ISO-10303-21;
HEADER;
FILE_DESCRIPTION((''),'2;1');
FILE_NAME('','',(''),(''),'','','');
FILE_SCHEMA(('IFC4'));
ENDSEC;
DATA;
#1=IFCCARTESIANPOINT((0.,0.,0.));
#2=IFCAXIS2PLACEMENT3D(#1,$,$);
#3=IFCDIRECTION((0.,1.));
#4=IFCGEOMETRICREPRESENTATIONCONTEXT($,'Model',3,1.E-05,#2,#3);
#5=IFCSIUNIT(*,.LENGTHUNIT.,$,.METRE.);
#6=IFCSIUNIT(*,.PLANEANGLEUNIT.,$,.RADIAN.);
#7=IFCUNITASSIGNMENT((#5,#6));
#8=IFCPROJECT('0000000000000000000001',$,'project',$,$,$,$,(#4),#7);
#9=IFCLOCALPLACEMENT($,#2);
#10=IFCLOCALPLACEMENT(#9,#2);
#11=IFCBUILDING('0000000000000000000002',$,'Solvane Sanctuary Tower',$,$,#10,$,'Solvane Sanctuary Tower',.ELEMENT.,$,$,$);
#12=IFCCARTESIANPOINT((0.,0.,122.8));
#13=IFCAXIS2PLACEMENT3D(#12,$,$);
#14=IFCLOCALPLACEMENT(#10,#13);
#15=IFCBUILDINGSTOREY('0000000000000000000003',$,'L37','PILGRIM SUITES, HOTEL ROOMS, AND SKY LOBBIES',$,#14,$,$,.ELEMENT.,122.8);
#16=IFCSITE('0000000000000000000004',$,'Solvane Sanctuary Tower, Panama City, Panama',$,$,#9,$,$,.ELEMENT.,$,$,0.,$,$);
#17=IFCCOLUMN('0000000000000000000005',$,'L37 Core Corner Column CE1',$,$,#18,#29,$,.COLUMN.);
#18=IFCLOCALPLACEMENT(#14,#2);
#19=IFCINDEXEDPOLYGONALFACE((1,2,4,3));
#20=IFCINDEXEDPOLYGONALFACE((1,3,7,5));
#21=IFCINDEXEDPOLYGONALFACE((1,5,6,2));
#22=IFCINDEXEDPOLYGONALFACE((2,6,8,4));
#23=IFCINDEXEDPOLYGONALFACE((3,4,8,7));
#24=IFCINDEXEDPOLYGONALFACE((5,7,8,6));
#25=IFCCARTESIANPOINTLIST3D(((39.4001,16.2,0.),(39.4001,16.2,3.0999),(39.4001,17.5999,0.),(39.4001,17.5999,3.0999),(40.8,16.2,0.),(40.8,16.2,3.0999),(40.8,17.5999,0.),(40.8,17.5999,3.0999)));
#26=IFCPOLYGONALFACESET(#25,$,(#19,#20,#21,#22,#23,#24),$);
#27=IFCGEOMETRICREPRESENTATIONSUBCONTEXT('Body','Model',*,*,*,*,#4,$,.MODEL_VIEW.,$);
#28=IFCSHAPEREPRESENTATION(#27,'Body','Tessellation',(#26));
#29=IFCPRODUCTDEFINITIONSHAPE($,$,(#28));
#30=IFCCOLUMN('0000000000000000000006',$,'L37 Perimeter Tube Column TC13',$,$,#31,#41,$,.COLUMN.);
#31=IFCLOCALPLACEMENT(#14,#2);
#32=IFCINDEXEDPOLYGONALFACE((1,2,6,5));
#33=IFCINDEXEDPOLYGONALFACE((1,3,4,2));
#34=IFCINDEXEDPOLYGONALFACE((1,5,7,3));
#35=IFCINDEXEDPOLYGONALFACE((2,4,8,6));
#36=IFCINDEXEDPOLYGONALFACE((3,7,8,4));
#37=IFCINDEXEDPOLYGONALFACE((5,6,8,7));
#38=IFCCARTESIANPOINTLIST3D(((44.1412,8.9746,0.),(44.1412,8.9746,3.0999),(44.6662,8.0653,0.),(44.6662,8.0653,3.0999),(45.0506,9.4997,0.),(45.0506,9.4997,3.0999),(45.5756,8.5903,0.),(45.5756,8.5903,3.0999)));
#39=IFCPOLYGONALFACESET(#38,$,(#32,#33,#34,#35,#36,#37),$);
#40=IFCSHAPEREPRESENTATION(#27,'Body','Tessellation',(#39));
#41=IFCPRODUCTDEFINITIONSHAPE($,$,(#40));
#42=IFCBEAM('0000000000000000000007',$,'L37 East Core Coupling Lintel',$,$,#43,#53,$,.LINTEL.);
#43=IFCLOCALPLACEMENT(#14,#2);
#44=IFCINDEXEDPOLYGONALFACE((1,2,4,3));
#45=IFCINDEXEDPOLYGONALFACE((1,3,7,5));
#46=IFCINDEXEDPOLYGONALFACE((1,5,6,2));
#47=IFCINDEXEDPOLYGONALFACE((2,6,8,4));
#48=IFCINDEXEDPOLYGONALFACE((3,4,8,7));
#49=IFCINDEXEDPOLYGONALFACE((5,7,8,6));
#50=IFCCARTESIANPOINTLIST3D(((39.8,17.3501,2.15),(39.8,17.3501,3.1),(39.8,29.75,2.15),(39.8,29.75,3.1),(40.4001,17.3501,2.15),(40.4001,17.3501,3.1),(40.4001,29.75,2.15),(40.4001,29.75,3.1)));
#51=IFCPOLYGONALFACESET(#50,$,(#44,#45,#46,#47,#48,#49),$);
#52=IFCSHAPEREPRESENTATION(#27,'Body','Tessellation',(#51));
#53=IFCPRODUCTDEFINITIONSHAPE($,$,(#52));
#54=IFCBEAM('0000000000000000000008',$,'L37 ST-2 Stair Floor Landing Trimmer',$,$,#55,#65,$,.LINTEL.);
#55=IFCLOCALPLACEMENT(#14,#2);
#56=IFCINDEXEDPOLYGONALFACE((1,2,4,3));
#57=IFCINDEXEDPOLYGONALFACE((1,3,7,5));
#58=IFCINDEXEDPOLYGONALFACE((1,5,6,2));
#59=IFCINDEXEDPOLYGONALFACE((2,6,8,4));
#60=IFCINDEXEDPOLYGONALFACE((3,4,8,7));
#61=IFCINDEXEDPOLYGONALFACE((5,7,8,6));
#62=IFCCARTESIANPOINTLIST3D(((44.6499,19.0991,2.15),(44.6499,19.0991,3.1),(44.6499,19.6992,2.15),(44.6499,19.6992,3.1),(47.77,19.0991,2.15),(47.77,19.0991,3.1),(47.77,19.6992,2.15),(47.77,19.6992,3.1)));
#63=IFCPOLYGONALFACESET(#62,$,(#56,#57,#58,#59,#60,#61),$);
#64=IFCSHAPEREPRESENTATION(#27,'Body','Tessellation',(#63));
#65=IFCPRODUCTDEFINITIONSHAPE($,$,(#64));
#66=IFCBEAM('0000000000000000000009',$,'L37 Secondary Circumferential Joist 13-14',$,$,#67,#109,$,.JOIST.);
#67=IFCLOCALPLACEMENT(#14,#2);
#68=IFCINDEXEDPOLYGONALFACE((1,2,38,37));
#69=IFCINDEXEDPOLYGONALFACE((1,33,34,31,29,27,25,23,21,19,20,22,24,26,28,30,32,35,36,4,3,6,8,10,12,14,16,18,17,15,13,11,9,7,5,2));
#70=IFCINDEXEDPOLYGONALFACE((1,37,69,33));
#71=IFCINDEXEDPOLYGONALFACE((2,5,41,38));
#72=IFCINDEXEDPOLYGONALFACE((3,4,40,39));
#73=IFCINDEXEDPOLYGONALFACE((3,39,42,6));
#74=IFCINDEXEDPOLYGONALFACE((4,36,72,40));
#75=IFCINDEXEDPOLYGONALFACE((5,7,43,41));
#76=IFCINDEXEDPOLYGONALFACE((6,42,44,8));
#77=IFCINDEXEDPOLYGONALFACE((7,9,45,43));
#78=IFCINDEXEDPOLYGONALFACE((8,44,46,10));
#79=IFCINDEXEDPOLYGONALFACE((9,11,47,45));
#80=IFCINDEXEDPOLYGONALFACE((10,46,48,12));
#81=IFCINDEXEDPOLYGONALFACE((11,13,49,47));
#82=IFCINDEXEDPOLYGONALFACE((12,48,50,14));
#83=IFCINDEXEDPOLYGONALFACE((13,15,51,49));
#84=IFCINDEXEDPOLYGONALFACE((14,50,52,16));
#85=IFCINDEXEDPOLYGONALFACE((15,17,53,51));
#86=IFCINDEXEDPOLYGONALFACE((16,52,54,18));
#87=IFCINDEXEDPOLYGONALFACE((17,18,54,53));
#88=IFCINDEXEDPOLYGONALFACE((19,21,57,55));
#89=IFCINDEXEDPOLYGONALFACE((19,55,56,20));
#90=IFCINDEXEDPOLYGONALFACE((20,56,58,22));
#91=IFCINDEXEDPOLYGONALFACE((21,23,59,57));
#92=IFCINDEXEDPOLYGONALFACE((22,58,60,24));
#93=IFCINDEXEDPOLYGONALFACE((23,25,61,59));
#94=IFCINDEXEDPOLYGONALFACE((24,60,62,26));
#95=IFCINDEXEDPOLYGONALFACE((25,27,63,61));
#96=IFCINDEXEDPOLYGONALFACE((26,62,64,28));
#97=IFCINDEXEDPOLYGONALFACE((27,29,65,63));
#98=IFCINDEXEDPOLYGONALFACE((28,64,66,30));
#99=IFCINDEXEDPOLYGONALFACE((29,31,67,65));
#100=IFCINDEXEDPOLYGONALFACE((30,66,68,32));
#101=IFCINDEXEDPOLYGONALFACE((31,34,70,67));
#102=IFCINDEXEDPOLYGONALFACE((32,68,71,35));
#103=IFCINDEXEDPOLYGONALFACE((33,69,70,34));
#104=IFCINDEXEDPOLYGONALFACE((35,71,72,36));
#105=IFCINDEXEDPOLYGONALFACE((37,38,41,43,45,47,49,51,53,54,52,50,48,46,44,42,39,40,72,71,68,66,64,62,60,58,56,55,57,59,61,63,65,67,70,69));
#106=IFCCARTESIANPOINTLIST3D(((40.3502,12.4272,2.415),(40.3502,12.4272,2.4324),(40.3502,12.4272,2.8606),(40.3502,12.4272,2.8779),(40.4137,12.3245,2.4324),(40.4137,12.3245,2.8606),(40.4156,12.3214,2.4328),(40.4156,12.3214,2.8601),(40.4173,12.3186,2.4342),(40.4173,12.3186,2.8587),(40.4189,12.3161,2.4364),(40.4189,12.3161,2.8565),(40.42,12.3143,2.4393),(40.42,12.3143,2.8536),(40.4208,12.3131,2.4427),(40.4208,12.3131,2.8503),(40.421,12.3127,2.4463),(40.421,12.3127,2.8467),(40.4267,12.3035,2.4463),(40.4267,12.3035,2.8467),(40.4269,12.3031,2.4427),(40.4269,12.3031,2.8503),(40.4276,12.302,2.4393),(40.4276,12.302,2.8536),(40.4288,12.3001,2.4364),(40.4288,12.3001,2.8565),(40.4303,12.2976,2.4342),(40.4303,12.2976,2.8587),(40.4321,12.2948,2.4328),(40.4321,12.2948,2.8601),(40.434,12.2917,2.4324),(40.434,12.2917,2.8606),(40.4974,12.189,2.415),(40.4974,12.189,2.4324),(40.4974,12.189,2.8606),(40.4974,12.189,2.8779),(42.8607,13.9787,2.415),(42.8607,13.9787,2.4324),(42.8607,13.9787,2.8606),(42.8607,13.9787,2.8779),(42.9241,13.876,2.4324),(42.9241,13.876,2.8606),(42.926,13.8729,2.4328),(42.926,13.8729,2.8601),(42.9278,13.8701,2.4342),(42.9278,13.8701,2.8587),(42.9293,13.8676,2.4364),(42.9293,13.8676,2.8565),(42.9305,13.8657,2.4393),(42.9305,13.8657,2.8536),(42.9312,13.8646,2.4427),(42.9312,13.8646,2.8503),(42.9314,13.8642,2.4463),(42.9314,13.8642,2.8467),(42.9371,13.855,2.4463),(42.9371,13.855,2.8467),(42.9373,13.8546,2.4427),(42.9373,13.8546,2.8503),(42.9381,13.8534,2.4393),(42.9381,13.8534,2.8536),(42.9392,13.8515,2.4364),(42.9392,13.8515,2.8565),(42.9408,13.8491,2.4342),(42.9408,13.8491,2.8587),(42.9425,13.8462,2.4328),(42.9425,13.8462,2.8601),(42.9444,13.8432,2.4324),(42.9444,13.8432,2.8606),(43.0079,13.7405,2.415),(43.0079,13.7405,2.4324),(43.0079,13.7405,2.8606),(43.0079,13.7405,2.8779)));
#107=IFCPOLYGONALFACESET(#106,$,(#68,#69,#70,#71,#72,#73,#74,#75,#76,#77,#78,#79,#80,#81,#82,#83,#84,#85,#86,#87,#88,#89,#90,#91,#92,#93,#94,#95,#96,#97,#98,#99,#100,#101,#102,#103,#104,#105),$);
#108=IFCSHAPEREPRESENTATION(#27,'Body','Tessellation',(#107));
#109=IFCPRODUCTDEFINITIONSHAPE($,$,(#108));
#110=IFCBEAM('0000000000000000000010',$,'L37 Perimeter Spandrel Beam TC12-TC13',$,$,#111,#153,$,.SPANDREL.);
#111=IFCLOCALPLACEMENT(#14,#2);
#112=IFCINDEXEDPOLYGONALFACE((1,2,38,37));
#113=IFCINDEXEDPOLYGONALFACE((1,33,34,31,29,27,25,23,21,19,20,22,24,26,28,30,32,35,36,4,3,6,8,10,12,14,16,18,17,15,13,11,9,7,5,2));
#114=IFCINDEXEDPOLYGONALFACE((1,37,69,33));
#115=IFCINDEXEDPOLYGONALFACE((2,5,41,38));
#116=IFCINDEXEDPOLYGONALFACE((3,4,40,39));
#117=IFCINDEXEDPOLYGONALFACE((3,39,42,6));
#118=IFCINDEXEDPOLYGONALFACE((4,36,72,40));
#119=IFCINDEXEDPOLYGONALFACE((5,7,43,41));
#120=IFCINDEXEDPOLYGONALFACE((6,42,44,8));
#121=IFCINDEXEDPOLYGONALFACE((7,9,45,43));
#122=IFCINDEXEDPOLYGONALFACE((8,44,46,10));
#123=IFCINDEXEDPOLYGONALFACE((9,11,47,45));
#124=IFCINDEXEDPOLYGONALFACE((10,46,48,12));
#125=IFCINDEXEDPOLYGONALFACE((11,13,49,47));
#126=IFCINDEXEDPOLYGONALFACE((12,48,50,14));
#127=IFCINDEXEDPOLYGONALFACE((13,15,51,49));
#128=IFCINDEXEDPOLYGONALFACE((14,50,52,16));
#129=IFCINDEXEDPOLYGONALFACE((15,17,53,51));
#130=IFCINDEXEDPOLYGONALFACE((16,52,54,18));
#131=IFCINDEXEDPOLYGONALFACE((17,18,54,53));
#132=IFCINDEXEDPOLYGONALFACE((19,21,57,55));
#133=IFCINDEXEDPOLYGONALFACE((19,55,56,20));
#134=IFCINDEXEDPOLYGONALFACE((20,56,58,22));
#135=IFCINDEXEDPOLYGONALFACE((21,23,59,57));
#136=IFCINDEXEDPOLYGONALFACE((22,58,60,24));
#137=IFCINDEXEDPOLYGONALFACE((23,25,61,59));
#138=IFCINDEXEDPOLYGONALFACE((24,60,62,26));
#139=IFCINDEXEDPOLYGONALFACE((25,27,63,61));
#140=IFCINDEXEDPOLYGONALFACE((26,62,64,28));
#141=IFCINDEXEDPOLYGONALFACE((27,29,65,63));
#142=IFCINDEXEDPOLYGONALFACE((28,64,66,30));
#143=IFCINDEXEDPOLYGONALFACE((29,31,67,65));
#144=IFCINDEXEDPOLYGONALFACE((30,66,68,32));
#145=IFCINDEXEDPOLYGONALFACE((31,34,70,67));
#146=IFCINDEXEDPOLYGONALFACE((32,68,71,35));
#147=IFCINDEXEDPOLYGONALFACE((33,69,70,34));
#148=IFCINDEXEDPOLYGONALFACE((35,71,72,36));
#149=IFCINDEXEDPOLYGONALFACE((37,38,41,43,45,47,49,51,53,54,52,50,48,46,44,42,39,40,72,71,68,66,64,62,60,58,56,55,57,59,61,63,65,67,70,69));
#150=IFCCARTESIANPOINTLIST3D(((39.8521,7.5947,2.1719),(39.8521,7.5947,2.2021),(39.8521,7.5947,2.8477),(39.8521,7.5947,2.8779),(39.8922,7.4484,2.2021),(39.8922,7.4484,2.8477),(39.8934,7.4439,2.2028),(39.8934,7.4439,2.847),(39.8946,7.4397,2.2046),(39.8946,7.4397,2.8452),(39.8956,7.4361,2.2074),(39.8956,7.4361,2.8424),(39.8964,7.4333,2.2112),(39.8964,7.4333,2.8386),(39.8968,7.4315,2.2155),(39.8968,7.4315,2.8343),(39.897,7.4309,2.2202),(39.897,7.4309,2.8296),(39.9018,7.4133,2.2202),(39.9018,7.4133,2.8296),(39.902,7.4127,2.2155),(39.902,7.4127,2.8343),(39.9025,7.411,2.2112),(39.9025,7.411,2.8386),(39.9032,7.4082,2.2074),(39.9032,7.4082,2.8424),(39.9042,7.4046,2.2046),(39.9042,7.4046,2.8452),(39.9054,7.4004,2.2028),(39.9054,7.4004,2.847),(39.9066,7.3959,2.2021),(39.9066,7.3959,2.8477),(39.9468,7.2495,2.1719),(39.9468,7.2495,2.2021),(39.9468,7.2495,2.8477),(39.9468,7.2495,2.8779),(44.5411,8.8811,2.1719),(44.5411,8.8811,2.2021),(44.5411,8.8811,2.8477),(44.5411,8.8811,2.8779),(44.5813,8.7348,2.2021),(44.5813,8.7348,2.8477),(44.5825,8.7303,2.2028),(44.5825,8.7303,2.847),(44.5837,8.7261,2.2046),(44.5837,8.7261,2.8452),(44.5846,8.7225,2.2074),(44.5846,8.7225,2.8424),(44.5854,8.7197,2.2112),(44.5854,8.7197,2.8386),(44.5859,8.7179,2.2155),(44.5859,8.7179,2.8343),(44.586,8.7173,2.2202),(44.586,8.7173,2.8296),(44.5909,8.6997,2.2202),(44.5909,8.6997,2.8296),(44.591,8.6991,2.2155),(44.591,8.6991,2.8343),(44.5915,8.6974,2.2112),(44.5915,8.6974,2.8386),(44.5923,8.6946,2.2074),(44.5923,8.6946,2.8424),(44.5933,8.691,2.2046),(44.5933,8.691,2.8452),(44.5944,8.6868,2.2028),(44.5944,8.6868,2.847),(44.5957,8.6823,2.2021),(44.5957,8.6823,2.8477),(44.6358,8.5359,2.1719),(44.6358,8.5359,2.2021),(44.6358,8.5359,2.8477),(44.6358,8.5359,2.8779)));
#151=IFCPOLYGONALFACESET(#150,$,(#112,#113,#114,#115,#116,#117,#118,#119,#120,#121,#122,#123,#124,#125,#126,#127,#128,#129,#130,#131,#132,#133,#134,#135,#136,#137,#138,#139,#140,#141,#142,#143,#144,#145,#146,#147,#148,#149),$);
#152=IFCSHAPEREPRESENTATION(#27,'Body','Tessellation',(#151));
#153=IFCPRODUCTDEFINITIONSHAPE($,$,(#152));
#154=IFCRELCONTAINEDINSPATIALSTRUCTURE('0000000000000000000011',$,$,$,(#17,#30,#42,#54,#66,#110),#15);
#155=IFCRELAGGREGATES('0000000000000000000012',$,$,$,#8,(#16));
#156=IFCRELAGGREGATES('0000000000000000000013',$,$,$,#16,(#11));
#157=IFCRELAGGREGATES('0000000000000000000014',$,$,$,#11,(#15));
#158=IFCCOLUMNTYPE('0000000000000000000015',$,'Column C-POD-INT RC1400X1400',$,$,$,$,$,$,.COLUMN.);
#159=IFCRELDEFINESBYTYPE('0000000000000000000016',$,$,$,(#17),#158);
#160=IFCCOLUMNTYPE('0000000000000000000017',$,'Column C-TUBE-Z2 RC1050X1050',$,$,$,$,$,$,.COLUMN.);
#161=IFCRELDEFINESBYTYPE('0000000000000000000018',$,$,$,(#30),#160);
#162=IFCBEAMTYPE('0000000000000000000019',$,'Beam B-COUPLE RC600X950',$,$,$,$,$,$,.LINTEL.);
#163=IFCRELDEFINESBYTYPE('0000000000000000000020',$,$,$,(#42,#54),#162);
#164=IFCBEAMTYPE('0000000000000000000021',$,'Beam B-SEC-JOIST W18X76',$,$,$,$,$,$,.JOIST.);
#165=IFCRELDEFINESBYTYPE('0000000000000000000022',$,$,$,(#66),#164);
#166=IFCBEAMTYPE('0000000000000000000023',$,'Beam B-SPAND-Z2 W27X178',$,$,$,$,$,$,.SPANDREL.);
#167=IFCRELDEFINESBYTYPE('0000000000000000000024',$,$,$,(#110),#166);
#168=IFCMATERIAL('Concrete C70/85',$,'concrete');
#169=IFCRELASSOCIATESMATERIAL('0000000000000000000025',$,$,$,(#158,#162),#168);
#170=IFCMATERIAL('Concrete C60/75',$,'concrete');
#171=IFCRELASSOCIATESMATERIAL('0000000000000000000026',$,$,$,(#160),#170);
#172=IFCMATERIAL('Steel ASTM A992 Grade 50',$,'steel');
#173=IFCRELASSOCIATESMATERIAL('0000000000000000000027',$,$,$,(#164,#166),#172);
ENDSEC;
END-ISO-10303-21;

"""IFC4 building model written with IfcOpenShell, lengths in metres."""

from ifc_helpers import new_model, si_unit, direction, frame, origin, origin_2d, place, context, subcontext, project, spatial, rectangle, i_section, extrude, material, material_profile, profile_set, type_object, element, save


model = new_model("IFC4")

# Units and contexts
model_context = context("Model", 3, precision=1e-05, world=origin(), true_north=direction((0.0, 1.0)))
body_context = subcontext(model_context, "Body", "Model", "MODEL_VIEW")
ifc_project = project(units=[si_unit("LENGTHUNIT", "METRE"), si_unit("PLANEANGLEUNIT", "RADIAN")], contexts=[model_context])

# Site, building, storey
site_placement = place(None, origin())
site = spatial("IfcSite", under=ifc_project, at=site_placement, Name="Solvane Sanctuary Tower, Panama City, Panama", CompositionType="ELEMENT", RefElevation=0.0)
building_placement = place(site_placement, origin())
building = spatial("IfcBuilding", under=site, at=building_placement, Name="Solvane Sanctuary Tower", LongName="Solvane Sanctuary Tower", CompositionType="ELEMENT")
storey_placement = place(building_placement, frame((0.0, 0.0, 122.8)))
storey = spatial("IfcBuildingStorey", under=building, at=storey_placement, Name="L37", Description="PILGRIM SUITES, HOTEL ROOMS, AND SKY LOBBIES", CompositionType="ELEMENT", Elevation=122.8)

# Columns
ifc_material_1 = material(Name="Concrete C70/85", Category="concrete")
ifc_material_profile_1 = material_profile(ifc_material_1, rectangle(XDim=1.3999, YDim=1.3999, at=origin_2d()), Name="RC1400X1400")
ifc_profile_set_1 = profile_set([ifc_material_profile_1], Name="Concrete C70/85")
column_type_1 = type_object("IfcColumnType", Name="Column C-POD-INT RC1400X1400", PredefinedType="COLUMN", material=ifc_profile_set_1)
column_1_placement = place(storey_placement, frame((40.1001, 16.8999, 0.0), z_axis=(0.0, 0.0, 1.0), x_axis=(1.0, 0.0, 0.0)))
element("IfcColumn", 1, at=column_1_placement, inside=storey, type_object=column_type_1, Name="L37 Core Corner Column CE1", PredefinedType="COLUMN", context=body_context, shape_type="SweptSolid", body=[
    extrude(rectangle(XDim=1.3999, YDim=1.3999, at=origin_2d()), origin(), (0.0, 0.0, 1.0), 3.0999),
])
ifc_material_2 = material(Name="Concrete C60/75", Category="concrete")
ifc_material_profile_2 = material_profile(ifc_material_2, rectangle(XDim=1.05, YDim=1.05, at=origin_2d()), Name="RC1050X1050")
ifc_profile_set_2 = profile_set([ifc_material_profile_2], Name="Concrete C60/75")
column_type_2 = type_object("IfcColumnType", Name="Column C-TUBE-Z2 RC1050X1050", PredefinedType="COLUMN", material=ifc_profile_set_2)
column_2_placement = place(storey_placement, frame((44.8584, 8.7825, 0.0), z_axis=(0.0, 0.0, 1.0), x_axis=(0.5, -0.866025, 0.0)))
element("IfcColumn", 2, at=column_2_placement, inside=storey, type_object=column_type_2, Name="L37 Perimeter Tube Column TC13", PredefinedType="COLUMN", context=body_context, shape_type="SweptSolid", body=[
    extrude(rectangle(XDim=1.05, YDim=1.05, at=origin_2d()), origin(), (0.0, 0.0, 1.0), 3.0999),
])

# Beams
ifc_material_profile_3 = material_profile(ifc_material_1, rectangle(XDim=0.6001, YDim=0.95, at=origin_2d()), Name="RC600X950")
ifc_profile_set_3 = profile_set([ifc_material_profile_3], Name="Concrete C70/85")
beam_type_1 = type_object("IfcBeamType", Name="Beam B-COUPLE RC600X950", PredefinedType="LINTEL", material=ifc_profile_set_3)
beam_1_placement = place(storey_placement, frame((40.1001, 17.3501, 2.625), z_axis=(0.0, 1.0, 0.0), x_axis=(-1.0, 0.0, 0.0)))
element("IfcBeam", 3, at=beam_1_placement, inside=storey, type_object=beam_type_1, Name="L37 East Core Coupling Lintel", PredefinedType="LINTEL", context=body_context, shape_type="SweptSolid", body=[
    extrude(rectangle(XDim=0.6001, YDim=0.95, at=origin_2d()), origin(), (0.0, 0.0, 1.0), 12.3999),
])
beam_2_placement = place(storey_placement, frame((44.6499, 19.3992, 2.625), z_axis=(1.0, 0.0, 0.0), x_axis=(0.0, 1.0, 0.0)))
element("IfcBeam", 4, at=beam_2_placement, inside=storey, type_object=beam_type_1, Name="L37 ST-2 Stair Floor Landing Trimmer", PredefinedType="LINTEL", context=body_context, shape_type="SweptSolid", body=[
    extrude(rectangle(XDim=0.6001, YDim=0.95, at=origin_2d()), origin(), (0.0, 0.0, 1.0), 3.1201),
])
ifc_material_3 = material(Name="Steel ASTM A992 Grade 50", Category="steel")
ifc_material_profile_4 = material_profile(ifc_material_3, i_section(OverallWidth=0.28, OverallDepth=0.4629, WebThickness=0.0107, FlangeThickness=0.0173, FilletRadius=0.0139, at=origin_2d()), Name="W18X76")
ifc_profile_set_4 = profile_set([ifc_material_profile_4], Name="Steel ASTM A992 Grade 50")
beam_type_2 = type_object("IfcBeamType", Name="Beam B-SEC-JOIST W18X76", PredefinedType="JOIST", material=ifc_profile_set_4)
beam_3_placement = place(storey_placement, frame((40.4238, 12.3081, 2.6465), z_axis=(0.85066, 0.525717, 0.0), x_axis=(-0.525717, 0.85066, 0.0)))
element("IfcBeam", 5, at=beam_3_placement, inside=storey, type_object=beam_type_2, Name="L37 Secondary Circumferential Joist 13-14", PredefinedType="JOIST", context=body_context, shape_type="SweptSolid", body=[
    extrude(i_section(OverallWidth=0.28, OverallDepth=0.4629, WebThickness=0.0107, FlangeThickness=0.0173, FilletRadius=0.0139, at=origin_2d()), origin(), (0.0, 0.0, 1.0), 2.9512),
])
ifc_material_profile_5 = material_profile(ifc_material_3, i_section(OverallWidth=0.3579, OverallDepth=0.7061, WebThickness=0.0183, FlangeThickness=0.0303, FilletRadius=0.0181, at=origin_2d()), Name="W27X178")
ifc_profile_set_5 = profile_set([ifc_material_profile_5], Name="Steel ASTM A992 Grade 50")
beam_type_3 = type_object("IfcBeamType", Name="Beam B-SPAND-Z2 W27X178", PredefinedType="SPANDREL", material=ifc_profile_set_5)
beam_4_placement = place(storey_placement, frame((39.8994, 7.4221, 2.5249), z_axis=(0.964368, 0.264566, 0.0), x_axis=(-0.264566, 0.964368, 0.0)))
element("IfcBeam", 6, at=beam_4_placement, inside=storey, type_object=beam_type_3, Name="L37 Perimeter Spandrel Beam TC12-TC13", PredefinedType="SPANDREL", context=body_context, shape_type="SweptSolid", body=[
    extrude(i_section(OverallWidth=0.3579, OverallDepth=0.7061, WebThickness=0.0183, FlangeThickness=0.0303, FilletRadius=0.0181, at=origin_2d()), origin(), (0.0, 0.0, 1.0), 4.8623),
])

save(model, "model.ifc")
